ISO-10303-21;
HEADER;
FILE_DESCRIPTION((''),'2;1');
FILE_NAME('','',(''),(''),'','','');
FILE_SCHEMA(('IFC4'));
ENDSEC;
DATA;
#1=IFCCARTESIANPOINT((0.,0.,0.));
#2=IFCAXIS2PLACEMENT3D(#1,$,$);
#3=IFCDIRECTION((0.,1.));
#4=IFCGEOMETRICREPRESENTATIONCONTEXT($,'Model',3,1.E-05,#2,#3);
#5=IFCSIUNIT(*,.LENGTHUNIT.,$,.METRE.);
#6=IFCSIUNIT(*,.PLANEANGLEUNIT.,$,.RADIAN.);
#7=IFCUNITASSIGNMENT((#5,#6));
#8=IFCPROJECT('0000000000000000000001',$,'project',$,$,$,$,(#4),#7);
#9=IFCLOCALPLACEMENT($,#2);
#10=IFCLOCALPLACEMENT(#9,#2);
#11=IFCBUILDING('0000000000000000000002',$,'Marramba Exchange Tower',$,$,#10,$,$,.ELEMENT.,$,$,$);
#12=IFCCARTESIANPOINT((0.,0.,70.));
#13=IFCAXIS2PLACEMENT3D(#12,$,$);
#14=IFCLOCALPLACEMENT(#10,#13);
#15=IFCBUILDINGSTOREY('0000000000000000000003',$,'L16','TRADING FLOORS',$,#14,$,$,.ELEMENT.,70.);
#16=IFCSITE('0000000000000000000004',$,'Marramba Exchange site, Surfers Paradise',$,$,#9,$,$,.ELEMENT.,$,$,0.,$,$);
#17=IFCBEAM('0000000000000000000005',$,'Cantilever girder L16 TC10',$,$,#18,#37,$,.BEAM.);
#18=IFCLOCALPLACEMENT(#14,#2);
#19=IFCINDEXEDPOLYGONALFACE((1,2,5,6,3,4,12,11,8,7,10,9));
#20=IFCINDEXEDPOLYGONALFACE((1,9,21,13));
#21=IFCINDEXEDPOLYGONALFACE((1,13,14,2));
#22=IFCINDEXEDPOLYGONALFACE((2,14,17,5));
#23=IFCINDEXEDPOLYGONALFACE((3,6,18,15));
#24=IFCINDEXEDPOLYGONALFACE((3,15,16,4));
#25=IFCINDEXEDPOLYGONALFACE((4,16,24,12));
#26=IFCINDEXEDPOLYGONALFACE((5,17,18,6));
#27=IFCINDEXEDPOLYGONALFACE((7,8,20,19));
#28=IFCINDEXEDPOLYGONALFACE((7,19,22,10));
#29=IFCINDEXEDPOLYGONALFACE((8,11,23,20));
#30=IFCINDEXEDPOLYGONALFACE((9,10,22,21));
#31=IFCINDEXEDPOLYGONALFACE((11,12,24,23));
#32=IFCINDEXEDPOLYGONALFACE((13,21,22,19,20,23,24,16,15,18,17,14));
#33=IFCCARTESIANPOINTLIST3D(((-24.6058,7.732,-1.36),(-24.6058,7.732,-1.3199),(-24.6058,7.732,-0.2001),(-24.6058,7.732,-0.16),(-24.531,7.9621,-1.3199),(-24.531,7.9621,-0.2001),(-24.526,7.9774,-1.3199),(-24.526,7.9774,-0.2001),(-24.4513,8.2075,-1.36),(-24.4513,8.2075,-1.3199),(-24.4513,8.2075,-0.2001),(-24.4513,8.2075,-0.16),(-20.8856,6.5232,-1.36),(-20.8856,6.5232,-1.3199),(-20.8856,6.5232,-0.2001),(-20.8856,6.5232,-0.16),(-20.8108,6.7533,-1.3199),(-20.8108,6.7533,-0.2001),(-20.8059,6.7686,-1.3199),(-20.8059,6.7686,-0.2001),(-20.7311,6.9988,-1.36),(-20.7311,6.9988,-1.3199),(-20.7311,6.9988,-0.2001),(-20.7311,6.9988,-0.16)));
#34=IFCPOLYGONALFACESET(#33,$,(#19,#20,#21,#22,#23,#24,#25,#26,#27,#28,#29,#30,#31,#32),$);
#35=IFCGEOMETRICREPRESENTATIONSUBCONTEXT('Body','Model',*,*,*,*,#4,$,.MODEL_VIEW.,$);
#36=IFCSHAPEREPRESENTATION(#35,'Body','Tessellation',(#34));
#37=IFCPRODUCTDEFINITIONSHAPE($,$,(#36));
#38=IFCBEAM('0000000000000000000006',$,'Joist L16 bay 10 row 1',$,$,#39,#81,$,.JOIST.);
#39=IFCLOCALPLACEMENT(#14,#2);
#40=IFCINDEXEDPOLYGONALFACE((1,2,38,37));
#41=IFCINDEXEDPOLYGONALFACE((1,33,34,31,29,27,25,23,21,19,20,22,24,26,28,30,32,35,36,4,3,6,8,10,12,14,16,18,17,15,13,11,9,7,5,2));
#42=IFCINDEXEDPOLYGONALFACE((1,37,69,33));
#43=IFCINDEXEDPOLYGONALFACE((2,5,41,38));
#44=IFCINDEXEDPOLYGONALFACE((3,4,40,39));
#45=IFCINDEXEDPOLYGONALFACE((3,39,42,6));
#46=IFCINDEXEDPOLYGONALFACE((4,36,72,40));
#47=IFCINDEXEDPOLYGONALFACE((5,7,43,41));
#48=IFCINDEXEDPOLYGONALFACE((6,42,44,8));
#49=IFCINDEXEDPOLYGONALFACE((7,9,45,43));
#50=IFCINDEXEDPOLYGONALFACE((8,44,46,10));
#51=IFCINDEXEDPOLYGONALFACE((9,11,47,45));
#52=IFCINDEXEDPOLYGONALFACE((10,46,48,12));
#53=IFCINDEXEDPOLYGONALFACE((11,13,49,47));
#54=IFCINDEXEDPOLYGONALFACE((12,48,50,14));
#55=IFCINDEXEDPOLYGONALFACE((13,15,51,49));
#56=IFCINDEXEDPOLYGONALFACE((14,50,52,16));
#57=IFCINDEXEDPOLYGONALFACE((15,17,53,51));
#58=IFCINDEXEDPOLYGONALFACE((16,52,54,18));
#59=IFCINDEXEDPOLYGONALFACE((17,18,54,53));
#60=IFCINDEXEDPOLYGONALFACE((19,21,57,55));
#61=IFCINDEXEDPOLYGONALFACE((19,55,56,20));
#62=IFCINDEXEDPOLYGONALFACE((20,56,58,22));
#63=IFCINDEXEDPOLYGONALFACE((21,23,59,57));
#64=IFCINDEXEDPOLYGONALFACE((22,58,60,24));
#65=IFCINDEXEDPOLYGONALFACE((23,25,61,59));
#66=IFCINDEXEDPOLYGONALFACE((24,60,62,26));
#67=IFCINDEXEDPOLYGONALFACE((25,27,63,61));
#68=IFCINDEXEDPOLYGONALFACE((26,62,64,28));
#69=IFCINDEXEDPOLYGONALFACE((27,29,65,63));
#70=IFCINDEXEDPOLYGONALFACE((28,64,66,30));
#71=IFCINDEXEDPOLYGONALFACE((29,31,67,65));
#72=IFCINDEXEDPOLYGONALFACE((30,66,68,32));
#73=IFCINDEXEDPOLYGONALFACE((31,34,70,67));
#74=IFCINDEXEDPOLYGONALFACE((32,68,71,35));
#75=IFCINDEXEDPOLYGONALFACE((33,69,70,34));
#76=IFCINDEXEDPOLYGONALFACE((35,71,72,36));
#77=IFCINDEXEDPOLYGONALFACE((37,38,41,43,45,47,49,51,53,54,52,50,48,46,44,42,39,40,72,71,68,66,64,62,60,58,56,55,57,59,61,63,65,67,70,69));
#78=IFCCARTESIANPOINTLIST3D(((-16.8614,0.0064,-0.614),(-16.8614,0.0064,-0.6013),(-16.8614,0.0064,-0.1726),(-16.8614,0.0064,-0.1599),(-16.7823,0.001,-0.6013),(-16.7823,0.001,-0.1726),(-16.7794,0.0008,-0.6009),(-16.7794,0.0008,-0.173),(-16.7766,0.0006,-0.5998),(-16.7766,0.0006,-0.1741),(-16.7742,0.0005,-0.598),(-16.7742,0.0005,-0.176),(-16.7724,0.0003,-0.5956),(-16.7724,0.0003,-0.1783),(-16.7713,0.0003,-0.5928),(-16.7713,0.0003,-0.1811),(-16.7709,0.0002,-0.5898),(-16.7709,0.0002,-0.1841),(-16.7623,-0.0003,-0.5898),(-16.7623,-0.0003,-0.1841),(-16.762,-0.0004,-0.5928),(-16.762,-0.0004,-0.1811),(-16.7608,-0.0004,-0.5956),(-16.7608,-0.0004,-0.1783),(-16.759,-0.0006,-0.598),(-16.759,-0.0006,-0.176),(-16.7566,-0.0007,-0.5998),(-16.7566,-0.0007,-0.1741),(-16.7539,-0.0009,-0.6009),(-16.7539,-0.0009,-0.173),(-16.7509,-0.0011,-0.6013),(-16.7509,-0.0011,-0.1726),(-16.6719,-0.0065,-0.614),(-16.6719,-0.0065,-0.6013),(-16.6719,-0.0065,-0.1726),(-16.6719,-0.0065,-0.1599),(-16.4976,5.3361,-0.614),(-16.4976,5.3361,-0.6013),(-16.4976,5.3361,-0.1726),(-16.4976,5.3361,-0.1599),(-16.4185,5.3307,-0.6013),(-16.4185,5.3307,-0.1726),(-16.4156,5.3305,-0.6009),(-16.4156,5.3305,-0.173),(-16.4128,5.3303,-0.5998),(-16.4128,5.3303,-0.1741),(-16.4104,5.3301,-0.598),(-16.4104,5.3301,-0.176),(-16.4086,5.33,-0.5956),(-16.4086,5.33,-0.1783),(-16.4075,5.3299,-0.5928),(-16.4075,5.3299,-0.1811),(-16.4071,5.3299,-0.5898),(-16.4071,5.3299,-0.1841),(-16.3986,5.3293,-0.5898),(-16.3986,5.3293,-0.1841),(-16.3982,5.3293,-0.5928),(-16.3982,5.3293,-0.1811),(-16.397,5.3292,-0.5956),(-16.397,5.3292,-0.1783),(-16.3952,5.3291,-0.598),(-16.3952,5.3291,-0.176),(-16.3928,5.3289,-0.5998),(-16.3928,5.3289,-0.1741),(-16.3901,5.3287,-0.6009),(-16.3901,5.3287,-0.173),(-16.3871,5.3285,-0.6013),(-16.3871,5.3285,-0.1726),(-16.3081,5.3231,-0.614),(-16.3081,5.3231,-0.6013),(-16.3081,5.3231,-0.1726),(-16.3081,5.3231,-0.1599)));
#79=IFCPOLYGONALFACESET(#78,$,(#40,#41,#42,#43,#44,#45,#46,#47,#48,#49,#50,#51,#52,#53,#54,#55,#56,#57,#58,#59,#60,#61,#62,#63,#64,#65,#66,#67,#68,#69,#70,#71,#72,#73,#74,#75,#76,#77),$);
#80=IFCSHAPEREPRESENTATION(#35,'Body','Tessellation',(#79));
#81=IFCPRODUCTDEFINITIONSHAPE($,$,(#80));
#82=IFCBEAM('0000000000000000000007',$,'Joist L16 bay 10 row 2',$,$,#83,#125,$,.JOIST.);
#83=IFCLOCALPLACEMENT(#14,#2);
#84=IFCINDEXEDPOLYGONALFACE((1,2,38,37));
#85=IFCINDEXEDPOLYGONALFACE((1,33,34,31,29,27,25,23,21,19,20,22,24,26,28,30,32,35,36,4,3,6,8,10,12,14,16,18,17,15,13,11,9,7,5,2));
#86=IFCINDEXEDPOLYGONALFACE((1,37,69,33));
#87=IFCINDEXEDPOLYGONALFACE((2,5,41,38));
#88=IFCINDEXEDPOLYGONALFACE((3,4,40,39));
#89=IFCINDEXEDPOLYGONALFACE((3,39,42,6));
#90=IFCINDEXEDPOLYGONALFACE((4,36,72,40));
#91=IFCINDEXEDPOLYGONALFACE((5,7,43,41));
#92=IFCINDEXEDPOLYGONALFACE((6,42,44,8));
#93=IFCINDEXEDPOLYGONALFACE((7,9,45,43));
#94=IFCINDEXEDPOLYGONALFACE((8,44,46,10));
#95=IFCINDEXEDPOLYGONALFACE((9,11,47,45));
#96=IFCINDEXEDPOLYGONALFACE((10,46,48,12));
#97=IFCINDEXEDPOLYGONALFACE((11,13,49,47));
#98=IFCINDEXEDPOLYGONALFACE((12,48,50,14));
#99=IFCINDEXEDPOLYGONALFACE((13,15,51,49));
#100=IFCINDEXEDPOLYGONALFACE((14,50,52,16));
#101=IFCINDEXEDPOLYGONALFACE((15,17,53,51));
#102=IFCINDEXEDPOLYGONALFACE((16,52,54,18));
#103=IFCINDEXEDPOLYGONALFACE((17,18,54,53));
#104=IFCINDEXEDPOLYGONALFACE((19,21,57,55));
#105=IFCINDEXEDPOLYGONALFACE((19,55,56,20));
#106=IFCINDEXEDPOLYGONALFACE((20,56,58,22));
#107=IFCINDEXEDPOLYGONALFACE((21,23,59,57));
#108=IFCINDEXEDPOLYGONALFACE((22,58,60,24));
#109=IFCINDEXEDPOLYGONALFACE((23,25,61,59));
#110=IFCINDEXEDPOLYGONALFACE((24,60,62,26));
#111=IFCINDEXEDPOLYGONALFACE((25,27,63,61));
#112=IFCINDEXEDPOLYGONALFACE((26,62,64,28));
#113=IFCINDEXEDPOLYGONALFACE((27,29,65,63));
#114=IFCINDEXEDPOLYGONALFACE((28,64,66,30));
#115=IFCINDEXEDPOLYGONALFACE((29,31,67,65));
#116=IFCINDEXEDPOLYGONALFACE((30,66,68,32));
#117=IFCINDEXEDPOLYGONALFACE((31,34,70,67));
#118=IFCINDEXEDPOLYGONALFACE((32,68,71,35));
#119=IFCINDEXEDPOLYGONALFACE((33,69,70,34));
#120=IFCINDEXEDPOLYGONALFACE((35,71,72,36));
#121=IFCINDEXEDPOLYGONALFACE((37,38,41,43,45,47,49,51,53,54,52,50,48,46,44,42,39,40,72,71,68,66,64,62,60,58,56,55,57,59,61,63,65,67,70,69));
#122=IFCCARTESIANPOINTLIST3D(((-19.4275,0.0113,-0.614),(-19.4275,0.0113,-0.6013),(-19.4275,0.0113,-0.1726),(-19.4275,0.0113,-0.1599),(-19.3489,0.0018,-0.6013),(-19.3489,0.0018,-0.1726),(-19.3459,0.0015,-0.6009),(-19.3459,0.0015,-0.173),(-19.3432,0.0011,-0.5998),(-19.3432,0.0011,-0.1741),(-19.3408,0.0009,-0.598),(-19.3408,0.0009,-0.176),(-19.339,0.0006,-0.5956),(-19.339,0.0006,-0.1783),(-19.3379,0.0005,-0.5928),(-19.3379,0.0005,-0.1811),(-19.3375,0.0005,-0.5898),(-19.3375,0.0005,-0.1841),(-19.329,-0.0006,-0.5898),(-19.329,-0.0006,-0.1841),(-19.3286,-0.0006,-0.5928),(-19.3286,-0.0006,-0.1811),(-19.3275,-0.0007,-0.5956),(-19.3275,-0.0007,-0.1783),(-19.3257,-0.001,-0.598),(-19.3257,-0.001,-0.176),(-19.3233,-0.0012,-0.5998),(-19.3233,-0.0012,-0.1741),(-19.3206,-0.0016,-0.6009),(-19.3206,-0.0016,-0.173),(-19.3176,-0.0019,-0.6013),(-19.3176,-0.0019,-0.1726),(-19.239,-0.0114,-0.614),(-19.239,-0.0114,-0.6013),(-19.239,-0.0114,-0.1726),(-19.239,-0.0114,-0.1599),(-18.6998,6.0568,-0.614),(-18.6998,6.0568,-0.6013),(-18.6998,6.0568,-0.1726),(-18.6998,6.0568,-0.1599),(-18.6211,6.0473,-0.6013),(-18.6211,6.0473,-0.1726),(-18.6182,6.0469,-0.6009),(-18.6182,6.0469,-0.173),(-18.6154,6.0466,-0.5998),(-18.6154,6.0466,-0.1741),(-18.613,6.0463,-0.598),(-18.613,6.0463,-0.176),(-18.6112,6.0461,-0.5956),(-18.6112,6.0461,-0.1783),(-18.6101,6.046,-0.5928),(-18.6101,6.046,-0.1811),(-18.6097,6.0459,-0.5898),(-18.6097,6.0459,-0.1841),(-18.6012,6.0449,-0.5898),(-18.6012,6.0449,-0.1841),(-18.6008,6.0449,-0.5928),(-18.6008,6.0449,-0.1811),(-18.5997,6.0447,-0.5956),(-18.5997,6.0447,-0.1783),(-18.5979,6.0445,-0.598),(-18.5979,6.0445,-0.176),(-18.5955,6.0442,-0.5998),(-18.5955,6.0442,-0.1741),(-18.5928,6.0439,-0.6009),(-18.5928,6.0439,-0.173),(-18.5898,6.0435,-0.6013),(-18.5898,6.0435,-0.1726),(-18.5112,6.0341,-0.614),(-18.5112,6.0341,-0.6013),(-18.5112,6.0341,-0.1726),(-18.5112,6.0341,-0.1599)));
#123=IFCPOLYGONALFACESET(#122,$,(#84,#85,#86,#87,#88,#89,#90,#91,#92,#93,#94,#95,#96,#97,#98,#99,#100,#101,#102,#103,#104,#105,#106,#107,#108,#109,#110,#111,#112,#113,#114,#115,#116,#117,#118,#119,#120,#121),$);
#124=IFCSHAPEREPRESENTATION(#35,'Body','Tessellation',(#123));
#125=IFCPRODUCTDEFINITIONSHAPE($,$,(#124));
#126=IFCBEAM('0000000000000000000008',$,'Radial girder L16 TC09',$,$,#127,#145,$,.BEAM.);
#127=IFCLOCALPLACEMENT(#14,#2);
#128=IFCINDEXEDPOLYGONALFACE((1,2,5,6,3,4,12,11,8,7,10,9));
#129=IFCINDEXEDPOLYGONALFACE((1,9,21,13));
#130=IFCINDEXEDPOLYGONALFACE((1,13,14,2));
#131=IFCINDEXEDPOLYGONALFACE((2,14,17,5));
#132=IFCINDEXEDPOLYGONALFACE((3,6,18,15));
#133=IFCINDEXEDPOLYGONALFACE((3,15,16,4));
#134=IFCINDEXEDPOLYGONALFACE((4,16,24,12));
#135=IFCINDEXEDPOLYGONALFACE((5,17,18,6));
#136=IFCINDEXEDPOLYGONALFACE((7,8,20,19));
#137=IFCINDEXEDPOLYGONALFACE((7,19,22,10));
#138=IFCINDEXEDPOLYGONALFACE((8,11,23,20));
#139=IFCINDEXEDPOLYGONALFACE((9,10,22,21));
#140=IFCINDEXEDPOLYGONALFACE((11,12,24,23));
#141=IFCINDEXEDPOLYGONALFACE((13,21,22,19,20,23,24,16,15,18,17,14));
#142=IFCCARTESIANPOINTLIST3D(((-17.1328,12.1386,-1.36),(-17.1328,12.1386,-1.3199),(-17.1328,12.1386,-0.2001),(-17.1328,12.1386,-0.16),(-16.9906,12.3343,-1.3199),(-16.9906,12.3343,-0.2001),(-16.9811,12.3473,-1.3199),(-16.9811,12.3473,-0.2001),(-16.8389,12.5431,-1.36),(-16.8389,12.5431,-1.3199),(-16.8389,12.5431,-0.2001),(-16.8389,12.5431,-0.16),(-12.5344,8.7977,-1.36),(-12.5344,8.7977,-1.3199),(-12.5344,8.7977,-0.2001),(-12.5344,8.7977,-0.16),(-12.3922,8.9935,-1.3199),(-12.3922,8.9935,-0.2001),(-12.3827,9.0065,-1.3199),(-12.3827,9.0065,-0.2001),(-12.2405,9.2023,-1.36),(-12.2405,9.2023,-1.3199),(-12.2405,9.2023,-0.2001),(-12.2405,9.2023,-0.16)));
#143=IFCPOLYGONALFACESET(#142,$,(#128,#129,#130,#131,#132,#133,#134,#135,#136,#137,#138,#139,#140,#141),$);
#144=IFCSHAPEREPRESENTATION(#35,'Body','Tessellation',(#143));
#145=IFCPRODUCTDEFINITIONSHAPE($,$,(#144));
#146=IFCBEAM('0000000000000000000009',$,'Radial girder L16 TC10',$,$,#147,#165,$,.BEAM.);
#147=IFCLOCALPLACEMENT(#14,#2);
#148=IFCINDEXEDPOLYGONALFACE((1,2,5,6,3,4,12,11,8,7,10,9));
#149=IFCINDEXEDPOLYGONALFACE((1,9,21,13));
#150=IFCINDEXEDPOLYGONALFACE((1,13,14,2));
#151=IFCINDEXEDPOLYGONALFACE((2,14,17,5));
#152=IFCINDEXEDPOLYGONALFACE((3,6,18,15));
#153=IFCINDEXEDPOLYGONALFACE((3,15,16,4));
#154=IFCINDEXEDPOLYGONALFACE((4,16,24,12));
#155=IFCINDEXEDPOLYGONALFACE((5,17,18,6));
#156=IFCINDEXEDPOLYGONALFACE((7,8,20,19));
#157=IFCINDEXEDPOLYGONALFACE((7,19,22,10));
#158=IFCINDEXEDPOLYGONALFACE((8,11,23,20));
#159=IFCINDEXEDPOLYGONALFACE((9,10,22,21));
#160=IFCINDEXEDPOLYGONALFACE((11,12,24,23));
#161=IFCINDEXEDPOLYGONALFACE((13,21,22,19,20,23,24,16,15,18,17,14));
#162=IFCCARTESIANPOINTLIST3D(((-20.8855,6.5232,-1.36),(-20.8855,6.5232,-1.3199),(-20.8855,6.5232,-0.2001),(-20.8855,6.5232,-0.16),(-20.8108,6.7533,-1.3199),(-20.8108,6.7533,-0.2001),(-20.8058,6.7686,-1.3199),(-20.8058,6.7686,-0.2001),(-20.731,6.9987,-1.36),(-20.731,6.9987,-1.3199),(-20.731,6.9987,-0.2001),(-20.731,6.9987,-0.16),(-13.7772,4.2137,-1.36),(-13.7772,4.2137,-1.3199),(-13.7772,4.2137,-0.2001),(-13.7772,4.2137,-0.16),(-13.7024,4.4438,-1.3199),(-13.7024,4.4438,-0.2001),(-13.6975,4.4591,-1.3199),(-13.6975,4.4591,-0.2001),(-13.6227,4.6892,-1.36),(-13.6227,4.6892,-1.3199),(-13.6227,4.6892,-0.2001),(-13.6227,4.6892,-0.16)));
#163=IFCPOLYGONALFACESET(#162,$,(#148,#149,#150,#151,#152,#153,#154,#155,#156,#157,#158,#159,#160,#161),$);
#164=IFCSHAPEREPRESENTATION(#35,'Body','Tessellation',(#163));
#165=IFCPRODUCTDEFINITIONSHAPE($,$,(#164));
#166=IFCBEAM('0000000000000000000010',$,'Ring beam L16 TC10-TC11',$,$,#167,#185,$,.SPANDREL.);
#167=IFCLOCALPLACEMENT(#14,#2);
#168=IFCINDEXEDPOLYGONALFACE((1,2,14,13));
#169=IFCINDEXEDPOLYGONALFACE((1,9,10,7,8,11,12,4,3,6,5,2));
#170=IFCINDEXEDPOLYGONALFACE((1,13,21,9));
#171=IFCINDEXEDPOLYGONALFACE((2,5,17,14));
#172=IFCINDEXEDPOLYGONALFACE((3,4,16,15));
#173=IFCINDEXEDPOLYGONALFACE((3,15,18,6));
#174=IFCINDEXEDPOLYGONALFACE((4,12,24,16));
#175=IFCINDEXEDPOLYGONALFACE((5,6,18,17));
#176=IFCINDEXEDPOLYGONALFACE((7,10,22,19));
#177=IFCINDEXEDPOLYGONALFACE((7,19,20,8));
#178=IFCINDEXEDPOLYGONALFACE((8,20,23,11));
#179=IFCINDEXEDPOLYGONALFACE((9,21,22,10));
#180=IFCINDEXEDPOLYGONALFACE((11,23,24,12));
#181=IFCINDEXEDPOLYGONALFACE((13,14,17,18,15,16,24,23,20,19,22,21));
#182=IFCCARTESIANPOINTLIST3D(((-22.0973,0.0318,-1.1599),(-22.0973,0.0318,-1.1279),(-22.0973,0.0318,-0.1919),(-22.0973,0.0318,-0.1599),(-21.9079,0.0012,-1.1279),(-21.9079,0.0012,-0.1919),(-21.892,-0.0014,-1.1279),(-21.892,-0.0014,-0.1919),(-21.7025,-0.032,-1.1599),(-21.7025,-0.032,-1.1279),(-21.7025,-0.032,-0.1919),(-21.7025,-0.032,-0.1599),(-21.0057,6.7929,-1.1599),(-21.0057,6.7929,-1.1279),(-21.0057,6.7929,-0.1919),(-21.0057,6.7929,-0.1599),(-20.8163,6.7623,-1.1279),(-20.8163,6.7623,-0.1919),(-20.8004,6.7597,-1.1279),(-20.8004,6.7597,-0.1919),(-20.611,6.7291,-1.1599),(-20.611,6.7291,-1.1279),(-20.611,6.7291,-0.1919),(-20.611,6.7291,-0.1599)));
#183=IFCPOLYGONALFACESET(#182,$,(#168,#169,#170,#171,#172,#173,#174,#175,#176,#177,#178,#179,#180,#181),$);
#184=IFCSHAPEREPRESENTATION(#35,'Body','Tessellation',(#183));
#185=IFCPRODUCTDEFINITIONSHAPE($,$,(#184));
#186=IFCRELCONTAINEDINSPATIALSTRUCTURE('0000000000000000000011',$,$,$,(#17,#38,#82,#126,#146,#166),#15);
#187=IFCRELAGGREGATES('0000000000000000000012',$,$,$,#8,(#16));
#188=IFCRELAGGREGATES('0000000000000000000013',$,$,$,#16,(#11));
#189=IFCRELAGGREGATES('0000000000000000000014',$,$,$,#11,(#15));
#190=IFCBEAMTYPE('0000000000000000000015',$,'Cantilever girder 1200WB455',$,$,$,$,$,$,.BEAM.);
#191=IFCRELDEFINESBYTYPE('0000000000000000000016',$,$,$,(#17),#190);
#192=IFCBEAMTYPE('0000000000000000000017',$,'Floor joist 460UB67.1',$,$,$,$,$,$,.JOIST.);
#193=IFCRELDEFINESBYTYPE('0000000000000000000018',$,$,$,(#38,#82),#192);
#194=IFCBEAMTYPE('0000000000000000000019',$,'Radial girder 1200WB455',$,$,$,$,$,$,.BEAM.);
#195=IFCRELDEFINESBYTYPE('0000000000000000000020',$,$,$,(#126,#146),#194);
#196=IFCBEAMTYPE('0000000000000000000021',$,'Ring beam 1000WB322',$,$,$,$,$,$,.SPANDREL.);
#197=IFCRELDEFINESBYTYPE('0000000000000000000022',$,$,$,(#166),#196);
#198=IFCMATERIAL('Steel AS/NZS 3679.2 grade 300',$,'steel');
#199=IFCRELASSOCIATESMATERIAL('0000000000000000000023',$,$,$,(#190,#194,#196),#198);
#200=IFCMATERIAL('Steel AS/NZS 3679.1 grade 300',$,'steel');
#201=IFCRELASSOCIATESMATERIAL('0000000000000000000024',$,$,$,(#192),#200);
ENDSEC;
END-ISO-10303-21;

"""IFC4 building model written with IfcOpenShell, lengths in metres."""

from ifc_helpers import new_model, si_unit, direction, frame, origin, origin_2d, place, context, subcontext, project, spatial, i_section, extrude, material, material_profile, profile_set, type_object, element, save


model = new_model("IFC4")

# Units and contexts
model_context = context("Model", 3, precision=1e-05, world=origin(), true_north=direction((0.0, 1.0)))
body_context = subcontext(model_context, "Body", "Model", "MODEL_VIEW")
ifc_project = project(units=[si_unit("LENGTHUNIT", "METRE"), si_unit("PLANEANGLEUNIT", "RADIAN")], contexts=[model_context])

# Site, building, storey
site_placement = place(None, origin())
site = spatial("IfcSite", under=ifc_project, at=site_placement, Name="Marramba Exchange site, Surfers Paradise", CompositionType="ELEMENT", RefElevation=0.0)
building_placement = place(site_placement, origin())
building = spatial("IfcBuilding", under=site, at=building_placement, Name="Marramba Exchange Tower", CompositionType="ELEMENT")
storey_placement = place(building_placement, frame((0.0, 0.0, 70.0)))
storey = spatial("IfcBuildingStorey", under=building, at=storey_placement, Name="L16", Description="TRADING FLOORS", CompositionType="ELEMENT", Elevation=70.0)

# Beams
ifc_material_1 = material(Name="Steel AS/NZS 3679.2 grade 300", Category="steel")
ifc_material_profile_1 = material_profile(ifc_material_1, i_section(OverallWidth=0.5, OverallDepth=1.2, WebThickness=0.0161, FlangeThickness=0.04, at=origin_2d()), Name="1200WB455")
ifc_profile_set_1 = profile_set([ifc_material_profile_1], Name="Steel AS/NZS 3679.2 grade 300")
beam_type_1 = type_object("IfcBeamType", Name="Cantilever girder 1200WB455", PredefinedType="BEAM", material=ifc_profile_set_1)
beam_1_placement = place(storey_placement, frame((-20.8083, 6.761, -0.76), z_axis=(-0.951059, 0.30901, 0.0), x_axis=(-0.30901, -0.951059, 0.0)))
element("IfcBeam", 1, at=beam_1_placement, inside=storey, type_object=beam_type_1, Name="Cantilever girder L16 TC10", PredefinedType="BEAM", context=body_context, shape_type="SweptSolid", body=[
    extrude(i_section(OverallWidth=0.5, OverallDepth=1.2, WebThickness=0.0161, FlangeThickness=0.04, at=origin_2d()), origin(), (0.0, 0.0, 1.0), 3.9116),
])
ifc_material_2 = material(Name="Steel AS/NZS 3679.1 grade 300", Category="steel")
ifc_material_profile_2 = material_profile(ifc_material_2, i_section(OverallWidth=0.1899, OverallDepth=0.4541, WebThickness=0.0085, FlangeThickness=0.0127, FilletRadius=0.0115, at=origin_2d()), Name="460UB67.1")
ifc_profile_set_2 = profile_set([ifc_material_profile_2], Name="Steel AS/NZS 3679.1 grade 300")
beam_type_2 = type_object("IfcBeamType", Name="Floor joist 460UB67.1", PredefinedType="JOIST", material=ifc_profile_set_2)
beam_2_placement = place(storey_placement, frame((-16.4028, 5.3296, -0.387), z_axis=(-0.068096, -0.997679, 0.0), x_axis=(0.997679, -0.068096, 0.0)))
element("IfcBeam", 2, at=beam_2_placement, inside=storey, type_object=beam_type_2, Name="Joist L16 bay 10 row 1", PredefinedType="JOIST", context=body_context, shape_type="SweptSolid", body=[
    extrude(i_section(OverallWidth=0.1899, OverallDepth=0.4541, WebThickness=0.0085, FlangeThickness=0.0127, FilletRadius=0.0115, at=origin_2d()), origin(), (0.0, 0.0, 1.0), 5.342),
])
beam_3_placement = place(storey_placement, frame((-18.6055, 6.0454, -0.387), z_axis=(-0.119523, -0.992831, 0.0), x_axis=(0.992831, -0.119523, 0.0)))
element("IfcBeam", 3, at=beam_3_placement, inside=storey, type_object=beam_type_2, Name="Joist L16 bay 10 row 2", PredefinedType="JOIST", context=body_context, shape_type="SweptSolid", body=[
    extrude(i_section(OverallWidth=0.1899, OverallDepth=0.4541, WebThickness=0.0085, FlangeThickness=0.0127, FilletRadius=0.0115, at=origin_2d()), origin(), (0.0, 0.0, 1.0), 6.0891),
])
ifc_material_profile_3 = material_profile(ifc_material_1, i_section(OverallWidth=0.5, OverallDepth=1.2, WebThickness=0.0161, FlangeThickness=0.04, at=origin_2d()), Name="1200WB455")
ifc_profile_set_3 = profile_set([ifc_material_profile_3], Name="Steel AS/NZS 3679.2 grade 300")
beam_type_3 = type_object("IfcBeamType", Name="Radial girder 1200WB455", PredefinedType="BEAM", material=ifc_profile_set_3)
beam_4_placement = place(storey_placement, frame((-12.3875, 9.0, -0.76), z_axis=(-0.809026, 0.587773, 0.0), x_axis=(-0.587773, -0.809026, 0.0)))
element("IfcBeam", 4, at=beam_4_placement, inside=storey, type_object=beam_type_3, Name="Radial girder L16 TC09", PredefinedType="BEAM", context=body_context, shape_type="SweptSolid", body=[
    extrude(i_section(OverallWidth=0.5, OverallDepth=1.2, WebThickness=0.0161, FlangeThickness=0.04, at=origin_2d()), origin(), (0.0, 0.0, 1.0), 5.6838),
])
beam_5_placement = place(storey_placement, frame((-13.7, 4.4514, -0.76), z_axis=(-0.95106, 0.309006, 0.0), x_axis=(-0.309006, -0.95106, 0.0)))
element("IfcBeam", 5, at=beam_5_placement, inside=storey, type_object=beam_type_3, Name="Radial girder L16 TC10", PredefinedType="BEAM", context=body_context, shape_type="SweptSolid", body=[
    extrude(i_section(OverallWidth=0.5, OverallDepth=1.2, WebThickness=0.0161, FlangeThickness=0.04, at=origin_2d()), origin(), (0.0, 0.0, 1.0), 7.4741),
])
ifc_material_profile_4 = material_profile(ifc_material_1, i_section(OverallWidth=0.3999, OverallDepth=1.0, WebThickness=0.0161, FlangeThickness=0.032, at=origin_2d()), Name="1000WB322")
ifc_profile_set_4 = profile_set([ifc_material_profile_4], Name="Steel AS/NZS 3679.2 grade 300")
beam_type_4 = type_object("IfcBeamType", Name="Ring beam 1000WB322", PredefinedType="SPANDREL", material=ifc_profile_set_4)
beam_6_placement = place(storey_placement, frame((-20.8083, 6.761, -0.6599), z_axis=(-0.159385, -0.987217, 0.0), x_axis=(0.987217, -0.159385, 0.0)))
element("IfcBeam", 6, at=beam_6_placement, inside=storey, type_object=beam_type_4, Name="Ring beam L16 TC10-TC11", PredefinedType="SPANDREL", context=body_context, shape_type="SweptSolid", body=[
    extrude(i_section(OverallWidth=0.3999, OverallDepth=1.0, WebThickness=0.0161, FlangeThickness=0.032, at=origin_2d()), origin(), (0.0, 0.0, 1.0), 6.8486),
])

save(model, "model.ifc")
